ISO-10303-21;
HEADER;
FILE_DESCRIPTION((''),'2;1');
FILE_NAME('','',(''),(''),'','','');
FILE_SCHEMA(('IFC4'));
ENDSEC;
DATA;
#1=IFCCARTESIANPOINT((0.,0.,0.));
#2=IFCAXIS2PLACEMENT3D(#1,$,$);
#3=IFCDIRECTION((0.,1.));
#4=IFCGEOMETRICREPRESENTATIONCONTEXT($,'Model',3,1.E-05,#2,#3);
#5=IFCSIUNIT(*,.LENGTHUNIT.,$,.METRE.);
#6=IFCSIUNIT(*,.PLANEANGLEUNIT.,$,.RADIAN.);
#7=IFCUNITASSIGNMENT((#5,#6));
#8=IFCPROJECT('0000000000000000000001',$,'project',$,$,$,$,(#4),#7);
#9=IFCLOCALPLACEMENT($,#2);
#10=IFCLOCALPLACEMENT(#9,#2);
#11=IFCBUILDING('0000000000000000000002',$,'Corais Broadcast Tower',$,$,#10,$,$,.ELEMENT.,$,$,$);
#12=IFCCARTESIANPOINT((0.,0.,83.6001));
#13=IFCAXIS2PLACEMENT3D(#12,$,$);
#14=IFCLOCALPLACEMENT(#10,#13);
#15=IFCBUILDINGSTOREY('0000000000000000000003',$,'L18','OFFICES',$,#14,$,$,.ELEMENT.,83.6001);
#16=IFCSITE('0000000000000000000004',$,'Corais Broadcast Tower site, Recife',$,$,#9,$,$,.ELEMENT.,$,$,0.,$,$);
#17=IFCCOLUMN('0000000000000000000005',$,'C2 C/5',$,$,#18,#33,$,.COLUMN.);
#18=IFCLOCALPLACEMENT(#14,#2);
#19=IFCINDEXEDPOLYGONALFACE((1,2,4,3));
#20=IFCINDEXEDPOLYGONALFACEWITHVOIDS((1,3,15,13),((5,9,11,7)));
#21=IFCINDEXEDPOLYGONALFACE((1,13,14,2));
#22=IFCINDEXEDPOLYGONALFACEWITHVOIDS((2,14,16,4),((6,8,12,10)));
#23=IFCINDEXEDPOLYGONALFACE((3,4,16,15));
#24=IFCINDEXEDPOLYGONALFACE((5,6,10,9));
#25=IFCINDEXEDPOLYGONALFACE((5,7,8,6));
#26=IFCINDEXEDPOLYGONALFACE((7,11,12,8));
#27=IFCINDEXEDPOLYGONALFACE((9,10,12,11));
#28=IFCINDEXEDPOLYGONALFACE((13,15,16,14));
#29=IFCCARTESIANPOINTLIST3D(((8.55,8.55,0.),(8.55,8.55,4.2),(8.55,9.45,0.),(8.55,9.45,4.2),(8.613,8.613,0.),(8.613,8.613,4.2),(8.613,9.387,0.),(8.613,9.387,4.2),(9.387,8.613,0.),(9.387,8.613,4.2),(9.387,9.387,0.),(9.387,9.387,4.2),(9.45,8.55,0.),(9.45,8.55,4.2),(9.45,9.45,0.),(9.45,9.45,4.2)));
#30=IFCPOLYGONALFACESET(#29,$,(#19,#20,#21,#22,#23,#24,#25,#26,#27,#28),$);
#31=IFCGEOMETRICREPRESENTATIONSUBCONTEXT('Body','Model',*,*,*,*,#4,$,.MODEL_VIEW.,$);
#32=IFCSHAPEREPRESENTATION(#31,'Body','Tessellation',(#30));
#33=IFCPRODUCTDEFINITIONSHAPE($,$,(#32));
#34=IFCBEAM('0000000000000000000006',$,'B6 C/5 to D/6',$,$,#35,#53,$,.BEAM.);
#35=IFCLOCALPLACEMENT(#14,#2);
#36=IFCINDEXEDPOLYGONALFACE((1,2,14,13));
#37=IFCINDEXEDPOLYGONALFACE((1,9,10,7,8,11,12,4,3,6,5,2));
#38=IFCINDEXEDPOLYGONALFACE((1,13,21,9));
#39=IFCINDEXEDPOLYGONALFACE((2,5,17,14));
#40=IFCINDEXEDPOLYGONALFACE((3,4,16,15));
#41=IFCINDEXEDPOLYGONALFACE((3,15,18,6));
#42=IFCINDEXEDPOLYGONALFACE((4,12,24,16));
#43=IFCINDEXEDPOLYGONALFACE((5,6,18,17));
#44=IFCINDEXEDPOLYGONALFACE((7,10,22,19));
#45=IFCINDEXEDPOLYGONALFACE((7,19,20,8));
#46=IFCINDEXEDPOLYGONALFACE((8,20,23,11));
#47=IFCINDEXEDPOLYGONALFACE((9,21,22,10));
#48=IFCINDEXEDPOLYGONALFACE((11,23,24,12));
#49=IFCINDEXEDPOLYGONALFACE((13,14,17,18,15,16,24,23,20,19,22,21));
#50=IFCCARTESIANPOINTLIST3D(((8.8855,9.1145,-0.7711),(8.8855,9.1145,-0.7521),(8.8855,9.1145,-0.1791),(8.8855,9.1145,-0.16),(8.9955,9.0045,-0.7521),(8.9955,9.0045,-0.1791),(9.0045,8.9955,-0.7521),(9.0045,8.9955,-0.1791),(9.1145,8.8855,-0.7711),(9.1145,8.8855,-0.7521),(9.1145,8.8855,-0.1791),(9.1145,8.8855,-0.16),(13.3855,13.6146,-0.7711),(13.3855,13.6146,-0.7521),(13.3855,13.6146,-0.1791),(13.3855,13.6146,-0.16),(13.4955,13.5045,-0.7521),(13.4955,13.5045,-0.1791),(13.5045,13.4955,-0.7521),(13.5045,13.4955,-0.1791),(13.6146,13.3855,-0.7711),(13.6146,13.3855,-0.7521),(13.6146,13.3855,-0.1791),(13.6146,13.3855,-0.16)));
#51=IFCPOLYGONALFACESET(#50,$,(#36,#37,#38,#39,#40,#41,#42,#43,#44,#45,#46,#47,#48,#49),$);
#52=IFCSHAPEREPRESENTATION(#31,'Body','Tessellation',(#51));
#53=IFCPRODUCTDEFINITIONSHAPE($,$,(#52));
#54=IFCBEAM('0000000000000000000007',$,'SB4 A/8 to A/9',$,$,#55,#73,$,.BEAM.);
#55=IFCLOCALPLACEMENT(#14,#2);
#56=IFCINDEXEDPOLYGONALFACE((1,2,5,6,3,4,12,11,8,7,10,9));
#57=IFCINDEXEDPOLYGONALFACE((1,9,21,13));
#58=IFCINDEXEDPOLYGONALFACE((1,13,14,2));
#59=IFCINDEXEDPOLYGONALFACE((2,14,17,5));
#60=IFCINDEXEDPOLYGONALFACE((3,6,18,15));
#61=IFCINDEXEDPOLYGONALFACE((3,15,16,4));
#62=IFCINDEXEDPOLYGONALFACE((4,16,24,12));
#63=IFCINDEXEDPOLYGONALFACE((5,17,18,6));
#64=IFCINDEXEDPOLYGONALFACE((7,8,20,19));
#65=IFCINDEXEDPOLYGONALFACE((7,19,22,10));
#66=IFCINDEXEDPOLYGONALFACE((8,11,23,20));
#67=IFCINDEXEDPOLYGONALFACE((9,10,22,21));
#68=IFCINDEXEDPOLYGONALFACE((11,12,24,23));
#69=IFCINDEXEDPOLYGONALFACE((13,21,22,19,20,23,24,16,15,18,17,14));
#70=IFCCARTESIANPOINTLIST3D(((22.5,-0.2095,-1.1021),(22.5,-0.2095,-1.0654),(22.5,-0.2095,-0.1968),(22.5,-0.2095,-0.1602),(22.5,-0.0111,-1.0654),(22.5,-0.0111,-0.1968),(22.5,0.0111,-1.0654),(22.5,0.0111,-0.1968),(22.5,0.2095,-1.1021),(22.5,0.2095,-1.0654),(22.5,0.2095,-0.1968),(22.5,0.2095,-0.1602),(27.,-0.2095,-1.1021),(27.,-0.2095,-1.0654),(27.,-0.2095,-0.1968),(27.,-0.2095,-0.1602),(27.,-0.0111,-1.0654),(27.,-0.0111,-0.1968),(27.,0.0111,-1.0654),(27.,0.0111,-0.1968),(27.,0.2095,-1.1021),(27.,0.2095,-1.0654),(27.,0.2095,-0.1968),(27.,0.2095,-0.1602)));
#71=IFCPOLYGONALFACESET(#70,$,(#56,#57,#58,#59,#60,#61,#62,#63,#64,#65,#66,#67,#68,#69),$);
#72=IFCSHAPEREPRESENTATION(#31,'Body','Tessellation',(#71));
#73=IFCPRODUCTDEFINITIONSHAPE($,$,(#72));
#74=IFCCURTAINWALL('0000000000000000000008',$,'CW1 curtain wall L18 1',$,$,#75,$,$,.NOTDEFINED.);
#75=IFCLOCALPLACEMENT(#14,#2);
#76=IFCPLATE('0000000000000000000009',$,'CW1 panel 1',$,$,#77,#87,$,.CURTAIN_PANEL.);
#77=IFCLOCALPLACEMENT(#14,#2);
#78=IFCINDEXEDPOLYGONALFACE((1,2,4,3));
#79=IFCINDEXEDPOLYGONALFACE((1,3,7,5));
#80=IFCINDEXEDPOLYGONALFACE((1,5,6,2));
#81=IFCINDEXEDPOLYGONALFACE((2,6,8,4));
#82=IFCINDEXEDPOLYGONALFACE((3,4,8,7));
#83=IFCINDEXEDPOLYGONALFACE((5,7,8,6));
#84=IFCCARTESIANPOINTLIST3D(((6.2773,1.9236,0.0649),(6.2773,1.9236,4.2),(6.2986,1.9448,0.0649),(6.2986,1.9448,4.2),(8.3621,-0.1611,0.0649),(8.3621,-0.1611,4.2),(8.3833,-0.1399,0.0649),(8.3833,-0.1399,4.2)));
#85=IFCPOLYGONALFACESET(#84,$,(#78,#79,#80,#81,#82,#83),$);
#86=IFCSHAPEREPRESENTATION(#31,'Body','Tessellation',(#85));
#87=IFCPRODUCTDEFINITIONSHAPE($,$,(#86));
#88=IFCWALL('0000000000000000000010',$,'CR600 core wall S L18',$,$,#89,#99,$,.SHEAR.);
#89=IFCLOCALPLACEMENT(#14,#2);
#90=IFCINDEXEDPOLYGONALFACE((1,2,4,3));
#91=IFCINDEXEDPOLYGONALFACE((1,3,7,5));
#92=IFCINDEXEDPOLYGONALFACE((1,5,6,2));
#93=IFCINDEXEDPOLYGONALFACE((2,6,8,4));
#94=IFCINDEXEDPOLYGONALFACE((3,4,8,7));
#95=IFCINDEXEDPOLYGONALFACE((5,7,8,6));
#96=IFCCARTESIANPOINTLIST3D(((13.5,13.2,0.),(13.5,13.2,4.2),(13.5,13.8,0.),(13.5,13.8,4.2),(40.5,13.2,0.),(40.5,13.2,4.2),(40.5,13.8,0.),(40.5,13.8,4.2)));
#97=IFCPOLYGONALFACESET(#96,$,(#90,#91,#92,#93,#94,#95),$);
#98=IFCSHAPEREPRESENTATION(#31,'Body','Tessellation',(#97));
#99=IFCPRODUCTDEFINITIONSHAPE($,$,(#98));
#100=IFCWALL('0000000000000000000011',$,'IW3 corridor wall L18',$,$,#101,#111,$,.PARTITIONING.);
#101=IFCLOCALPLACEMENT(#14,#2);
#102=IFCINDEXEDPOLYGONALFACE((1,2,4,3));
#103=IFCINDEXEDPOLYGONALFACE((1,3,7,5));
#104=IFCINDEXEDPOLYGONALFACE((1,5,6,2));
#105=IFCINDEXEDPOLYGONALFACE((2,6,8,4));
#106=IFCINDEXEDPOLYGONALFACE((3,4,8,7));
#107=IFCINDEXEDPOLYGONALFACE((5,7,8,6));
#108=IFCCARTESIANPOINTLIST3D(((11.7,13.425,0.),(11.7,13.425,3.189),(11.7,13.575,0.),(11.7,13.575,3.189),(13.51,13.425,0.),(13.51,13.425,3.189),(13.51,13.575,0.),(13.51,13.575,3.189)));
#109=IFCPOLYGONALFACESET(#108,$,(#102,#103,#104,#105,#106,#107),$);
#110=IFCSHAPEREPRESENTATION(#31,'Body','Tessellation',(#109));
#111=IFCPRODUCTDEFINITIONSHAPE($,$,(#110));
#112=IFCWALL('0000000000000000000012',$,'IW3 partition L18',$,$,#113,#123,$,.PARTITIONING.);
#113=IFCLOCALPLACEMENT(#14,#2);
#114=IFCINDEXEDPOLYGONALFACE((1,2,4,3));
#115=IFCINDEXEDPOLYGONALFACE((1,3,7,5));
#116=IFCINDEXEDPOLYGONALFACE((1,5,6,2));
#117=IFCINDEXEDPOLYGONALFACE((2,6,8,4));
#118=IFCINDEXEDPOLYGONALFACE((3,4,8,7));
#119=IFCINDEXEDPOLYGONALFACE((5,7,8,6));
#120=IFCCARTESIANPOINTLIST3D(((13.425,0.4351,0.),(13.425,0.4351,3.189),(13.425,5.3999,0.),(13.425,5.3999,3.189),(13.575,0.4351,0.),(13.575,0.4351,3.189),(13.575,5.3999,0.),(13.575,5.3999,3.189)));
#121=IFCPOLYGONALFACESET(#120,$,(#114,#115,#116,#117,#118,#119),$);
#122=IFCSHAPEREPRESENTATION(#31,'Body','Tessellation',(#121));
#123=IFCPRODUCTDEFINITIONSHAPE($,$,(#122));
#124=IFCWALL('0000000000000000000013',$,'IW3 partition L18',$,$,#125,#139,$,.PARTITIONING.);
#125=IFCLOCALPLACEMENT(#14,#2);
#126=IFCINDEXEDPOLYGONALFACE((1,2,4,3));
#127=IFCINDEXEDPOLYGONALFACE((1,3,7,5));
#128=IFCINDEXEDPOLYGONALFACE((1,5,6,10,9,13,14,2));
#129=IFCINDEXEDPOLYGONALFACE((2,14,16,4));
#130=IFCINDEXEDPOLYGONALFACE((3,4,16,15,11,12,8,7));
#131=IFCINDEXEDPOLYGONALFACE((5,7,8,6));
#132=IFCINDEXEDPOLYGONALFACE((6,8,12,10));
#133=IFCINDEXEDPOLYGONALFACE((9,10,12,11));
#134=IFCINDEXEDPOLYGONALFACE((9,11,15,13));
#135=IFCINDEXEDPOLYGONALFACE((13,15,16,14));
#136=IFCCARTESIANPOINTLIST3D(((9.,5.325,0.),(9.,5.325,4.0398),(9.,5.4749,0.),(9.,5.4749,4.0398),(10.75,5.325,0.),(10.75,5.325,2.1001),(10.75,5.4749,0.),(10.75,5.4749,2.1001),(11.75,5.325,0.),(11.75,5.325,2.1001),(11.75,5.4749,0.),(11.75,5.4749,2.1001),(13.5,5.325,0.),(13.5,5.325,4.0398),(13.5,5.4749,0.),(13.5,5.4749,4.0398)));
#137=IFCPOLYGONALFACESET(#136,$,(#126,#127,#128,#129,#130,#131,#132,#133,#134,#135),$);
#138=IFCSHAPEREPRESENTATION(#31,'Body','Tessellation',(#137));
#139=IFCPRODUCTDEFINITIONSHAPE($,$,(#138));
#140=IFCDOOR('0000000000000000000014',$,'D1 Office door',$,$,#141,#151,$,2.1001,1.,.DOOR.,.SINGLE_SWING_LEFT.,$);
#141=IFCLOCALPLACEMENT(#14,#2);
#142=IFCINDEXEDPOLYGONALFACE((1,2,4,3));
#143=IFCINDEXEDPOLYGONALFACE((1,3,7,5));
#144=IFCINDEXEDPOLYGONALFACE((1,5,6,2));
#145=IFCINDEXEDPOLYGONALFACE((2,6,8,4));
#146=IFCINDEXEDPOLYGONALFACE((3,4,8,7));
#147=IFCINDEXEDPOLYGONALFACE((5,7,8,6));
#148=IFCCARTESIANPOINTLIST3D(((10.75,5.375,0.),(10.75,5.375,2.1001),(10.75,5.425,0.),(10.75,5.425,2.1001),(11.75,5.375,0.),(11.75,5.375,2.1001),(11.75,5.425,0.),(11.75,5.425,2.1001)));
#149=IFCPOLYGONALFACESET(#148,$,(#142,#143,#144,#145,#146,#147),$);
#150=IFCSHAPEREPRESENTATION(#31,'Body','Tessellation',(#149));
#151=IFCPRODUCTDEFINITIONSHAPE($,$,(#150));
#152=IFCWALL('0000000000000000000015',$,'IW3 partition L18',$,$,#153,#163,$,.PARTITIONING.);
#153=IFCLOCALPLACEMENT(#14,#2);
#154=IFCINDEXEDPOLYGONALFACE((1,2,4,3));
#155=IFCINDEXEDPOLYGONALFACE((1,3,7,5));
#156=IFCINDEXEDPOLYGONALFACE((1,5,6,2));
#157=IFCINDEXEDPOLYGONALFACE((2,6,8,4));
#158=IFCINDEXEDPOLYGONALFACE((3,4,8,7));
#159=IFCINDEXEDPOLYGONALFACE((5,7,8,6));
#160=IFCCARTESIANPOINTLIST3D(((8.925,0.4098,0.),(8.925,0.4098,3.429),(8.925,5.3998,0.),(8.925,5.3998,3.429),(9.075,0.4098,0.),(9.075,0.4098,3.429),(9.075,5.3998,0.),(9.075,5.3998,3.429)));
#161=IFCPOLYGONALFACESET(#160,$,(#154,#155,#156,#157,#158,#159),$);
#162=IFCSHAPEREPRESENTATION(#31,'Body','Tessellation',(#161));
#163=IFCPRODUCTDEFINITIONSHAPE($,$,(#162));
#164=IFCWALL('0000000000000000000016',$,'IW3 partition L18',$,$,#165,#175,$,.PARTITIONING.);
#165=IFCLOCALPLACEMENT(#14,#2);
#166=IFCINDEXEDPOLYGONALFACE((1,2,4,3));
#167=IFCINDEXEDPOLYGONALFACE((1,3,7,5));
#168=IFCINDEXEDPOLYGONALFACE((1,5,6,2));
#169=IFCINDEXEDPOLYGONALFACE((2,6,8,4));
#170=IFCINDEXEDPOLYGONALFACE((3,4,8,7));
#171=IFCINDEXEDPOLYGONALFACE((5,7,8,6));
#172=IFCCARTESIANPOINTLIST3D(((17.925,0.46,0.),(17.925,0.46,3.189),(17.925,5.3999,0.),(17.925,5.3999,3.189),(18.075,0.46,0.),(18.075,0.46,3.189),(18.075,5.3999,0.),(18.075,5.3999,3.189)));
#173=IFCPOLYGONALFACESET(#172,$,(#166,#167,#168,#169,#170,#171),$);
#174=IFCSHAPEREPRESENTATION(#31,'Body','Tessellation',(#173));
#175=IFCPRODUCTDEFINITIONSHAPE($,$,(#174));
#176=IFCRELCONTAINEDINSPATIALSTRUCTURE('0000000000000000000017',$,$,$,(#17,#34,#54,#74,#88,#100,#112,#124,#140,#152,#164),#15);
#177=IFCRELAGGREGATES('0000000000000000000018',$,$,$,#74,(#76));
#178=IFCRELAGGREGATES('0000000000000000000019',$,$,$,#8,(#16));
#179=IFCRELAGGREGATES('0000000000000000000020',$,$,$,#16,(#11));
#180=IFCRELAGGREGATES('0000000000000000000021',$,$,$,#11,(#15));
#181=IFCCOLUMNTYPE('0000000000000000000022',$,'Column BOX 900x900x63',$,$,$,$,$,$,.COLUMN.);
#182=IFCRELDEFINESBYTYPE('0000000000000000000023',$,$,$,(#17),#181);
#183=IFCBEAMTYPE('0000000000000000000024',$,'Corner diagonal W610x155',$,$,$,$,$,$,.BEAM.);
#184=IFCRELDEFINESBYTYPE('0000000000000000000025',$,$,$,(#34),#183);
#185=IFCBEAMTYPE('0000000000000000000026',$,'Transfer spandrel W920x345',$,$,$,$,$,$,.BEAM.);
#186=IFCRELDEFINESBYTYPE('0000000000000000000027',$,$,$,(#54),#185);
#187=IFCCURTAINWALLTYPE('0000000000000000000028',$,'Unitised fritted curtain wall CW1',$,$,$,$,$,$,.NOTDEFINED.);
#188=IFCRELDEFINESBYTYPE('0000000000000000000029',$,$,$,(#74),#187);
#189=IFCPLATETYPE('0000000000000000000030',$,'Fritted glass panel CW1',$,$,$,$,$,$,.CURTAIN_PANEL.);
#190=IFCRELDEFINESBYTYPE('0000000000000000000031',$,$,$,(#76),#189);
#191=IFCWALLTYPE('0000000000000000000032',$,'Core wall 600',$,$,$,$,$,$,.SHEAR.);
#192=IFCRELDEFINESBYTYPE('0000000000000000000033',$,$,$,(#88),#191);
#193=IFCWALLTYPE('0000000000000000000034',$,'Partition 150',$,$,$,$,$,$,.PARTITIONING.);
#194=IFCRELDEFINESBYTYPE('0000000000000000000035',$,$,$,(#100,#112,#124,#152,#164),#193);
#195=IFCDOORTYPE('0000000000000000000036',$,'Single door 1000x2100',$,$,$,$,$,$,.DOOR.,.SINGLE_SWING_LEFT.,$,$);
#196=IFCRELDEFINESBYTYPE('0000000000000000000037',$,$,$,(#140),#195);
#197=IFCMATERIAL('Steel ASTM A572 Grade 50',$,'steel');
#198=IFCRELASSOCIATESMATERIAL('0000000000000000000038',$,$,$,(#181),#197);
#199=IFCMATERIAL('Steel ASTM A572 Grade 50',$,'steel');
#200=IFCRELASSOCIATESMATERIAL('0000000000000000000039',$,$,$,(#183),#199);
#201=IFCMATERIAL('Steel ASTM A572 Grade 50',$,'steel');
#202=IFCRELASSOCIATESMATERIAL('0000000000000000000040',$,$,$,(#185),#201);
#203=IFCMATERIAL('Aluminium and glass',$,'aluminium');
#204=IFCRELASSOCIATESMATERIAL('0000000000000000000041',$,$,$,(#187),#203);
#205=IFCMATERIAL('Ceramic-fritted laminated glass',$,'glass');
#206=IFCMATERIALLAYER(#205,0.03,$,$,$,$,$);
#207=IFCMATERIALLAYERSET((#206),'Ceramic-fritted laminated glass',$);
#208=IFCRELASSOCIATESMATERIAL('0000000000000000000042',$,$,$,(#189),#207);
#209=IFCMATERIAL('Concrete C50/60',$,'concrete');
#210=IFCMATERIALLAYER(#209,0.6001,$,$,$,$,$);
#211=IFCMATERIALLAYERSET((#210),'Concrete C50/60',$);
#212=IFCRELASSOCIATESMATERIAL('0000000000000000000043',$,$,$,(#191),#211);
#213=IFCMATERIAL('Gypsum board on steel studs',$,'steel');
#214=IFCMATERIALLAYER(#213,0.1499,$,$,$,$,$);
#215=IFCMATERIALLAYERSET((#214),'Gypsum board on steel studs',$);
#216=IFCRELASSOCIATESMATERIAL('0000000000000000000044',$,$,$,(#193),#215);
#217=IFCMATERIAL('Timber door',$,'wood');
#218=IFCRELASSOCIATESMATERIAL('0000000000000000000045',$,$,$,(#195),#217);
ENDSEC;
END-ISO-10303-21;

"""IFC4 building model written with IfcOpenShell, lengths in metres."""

from ifc_helpers import new_model, si_unit, direction, frame, frame_2d, origin, origin_2d, place, context, subcontext, project, spatial, rectangle, hollow_rectangle, i_section, extrude, material, layer, layer_set, material_profile, profile_set, type_object, element, fill, aggregate, save


model = new_model("IFC4")

# Units and contexts
model_context = context("Model", 3, precision=1e-05, world=origin(), true_north=direction((0.0, 1.0)))
body_context = subcontext(model_context, "Body", "Model", "MODEL_VIEW")
ifc_project = project(units=[si_unit("LENGTHUNIT", "METRE"), si_unit("PLANEANGLEUNIT", "RADIAN")], contexts=[model_context])

# Site, building, storey
site_placement = place(None, origin())
site = spatial("IfcSite", under=ifc_project, at=site_placement, Name="Corais Broadcast Tower site, Recife", CompositionType="ELEMENT", RefElevation=0.0)
building_placement = place(site_placement, origin())
building = spatial("IfcBuilding", under=site, at=building_placement, Name="Corais Broadcast Tower", CompositionType="ELEMENT")
storey_placement = place(building_placement, frame((0.0, 0.0, 83.6001)))
storey = spatial("IfcBuildingStorey", under=building, at=storey_placement, Name="L18", Description="OFFICES", CompositionType="ELEMENT", Elevation=83.6001)

# Column
ifc_material_1 = material(Name="Steel ASTM A572 Grade 50", Category="steel")
ifc_material_profile_1 = material_profile(ifc_material_1, hollow_rectangle(XDim=0.8999, YDim=0.8999, WallThickness=0.063, at=origin_2d()), Name="BOX 900x900x63")
ifc_profile_set_1 = profile_set([ifc_material_profile_1], Name="Steel ASTM A572 Grade 50")
column_type = type_object("IfcColumnType", Name="Column BOX 900x900x63", PredefinedType="COLUMN", material=ifc_profile_set_1)
column_placement = place(storey_placement, frame((9.0, 9.0, 0.0), z_axis=(0.0, 0.0, 1.0), x_axis=(1.0, 0.0, 0.0)))
element("IfcColumn", 1, at=column_placement, inside=storey, type_object=column_type, Name="C2 C/5", PredefinedType="COLUMN", context=body_context, shape_type="SweptSolid", body=[
    extrude(hollow_rectangle(XDim=0.8999, YDim=0.8999, WallThickness=0.063, at=origin_2d()), origin(), (0.0, 0.0, 1.0), 4.2),
])

# Beams
ifc_material_2 = material(Name="Steel ASTM A572 Grade 50", Category="steel")
ifc_material_profile_2 = material_profile(ifc_material_2, i_section(OverallWidth=0.324, OverallDepth=0.6111, WebThickness=0.0127, FlangeThickness=0.019, at=origin_2d()), Name="W610x155")
ifc_profile_set_2 = profile_set([ifc_material_profile_2], Name="Steel ASTM A572 Grade 50")
beam_type_1 = type_object("IfcBeamType", Name="Corner diagonal W610x155", PredefinedType="BEAM", material=ifc_profile_set_2)
beam_1_placement = place(storey_placement, frame((9.0, 9.0, -0.4656), z_axis=(0.707107, 0.707107, 0.0), x_axis=(-0.707107, 0.707107, 0.0)))
element("IfcBeam", 2, at=beam_1_placement, inside=storey, type_object=beam_type_1, Name="B6 C/5 to D/6", PredefinedType="BEAM", context=body_context, shape_type="SweptSolid", body=[
    extrude(i_section(OverallWidth=0.324, OverallDepth=0.6111, WebThickness=0.0127, FlangeThickness=0.019, at=origin_2d()), origin(), (0.0, 0.0, 1.0), 6.364),
])
ifc_material_3 = material(Name="Steel ASTM A572 Grade 50", Category="steel")
ifc_material_profile_3 = material_profile(ifc_material_3, i_section(OverallWidth=0.4189, OverallDepth=0.9419, WebThickness=0.0222, FlangeThickness=0.0366, at=origin_2d()), Name="W920x345")
ifc_profile_set_3 = profile_set([ifc_material_profile_3], Name="Steel ASTM A572 Grade 50")
beam_type_2 = type_object("IfcBeamType", Name="Transfer spandrel W920x345", PredefinedType="BEAM", material=ifc_profile_set_3)
beam_2_placement = place(storey_placement, frame((22.5, 0.0, -0.6311), z_axis=(1.0, 0.0, 0.0), x_axis=(0.0, 1.0, 0.0)))
element("IfcBeam", 3, at=beam_2_placement, inside=storey, type_object=beam_type_2, Name="SB4 A/8 to A/9", PredefinedType="BEAM", context=body_context, shape_type="SweptSolid", body=[
    extrude(i_section(OverallWidth=0.4189, OverallDepth=0.9419, WebThickness=0.0222, FlangeThickness=0.0366, at=origin_2d()), origin(), (0.0, 0.0, 1.0), 4.5),
])

# Curtain wall, plate
ifc_material_4 = material(Name="Aluminium and glass", Category="aluminium")
curtain_wall_type = type_object("IfcCurtainWallType", Name="Unitised fritted curtain wall CW1", PredefinedType="NOTDEFINED", material=ifc_material_4)
curtain_wall_placement = place(storey_placement, origin())
curtain_wall = element("IfcCurtainWall", 4, at=curtain_wall_placement, inside=storey, type_object=curtain_wall_type, Name="CW1 curtain wall L18 1", PredefinedType="NOTDEFINED")
ifc_material_5 = material(Name="Ceramic-fritted laminated glass", Category="glass")
ifc_layer_1 = layer(ifc_material_5, 0.03)
ifc_layer_set_1 = layer_set([ifc_layer_1], Name="Ceramic-fritted laminated glass")
plate_type = type_object("IfcPlateType", Name="Fritted glass panel CW1", PredefinedType="CURTAIN_PANEL", material=ifc_layer_set_1)
plate_placement = place(storey_placement, frame((7.3303, 0.8918, 0.0649), z_axis=(0.0, 0.0, 1.0), x_axis=(-0.707107, 0.707107, 0.0)))
plate = element("IfcPlate", 5, at=plate_placement, type_object=plate_type, Name="CW1 panel 1", PredefinedType="CURTAIN_PANEL", context=body_context, shape_type="SweptSolid", body=[
    extrude(rectangle(XDim=2.9482, YDim=0.03, at=origin_2d()), origin(), (0.0, 0.0, 1.0), 4.135),
])
aggregate(curtain_wall, [plate])

# Walls
ifc_material_6 = material(Name="Concrete C50/60", Category="concrete")
ifc_layer_2 = layer(ifc_material_6, 0.6001)
ifc_layer_set_2 = layer_set([ifc_layer_2], Name="Concrete C50/60")
wall_type_1 = type_object("IfcWallType", Name="Core wall 600", PredefinedType="SHEAR", material=ifc_layer_set_2)
wall_1_placement = place(storey_placement, frame((13.5, 13.5, 0.0), z_axis=(0.0, 0.0, 1.0), x_axis=(1.0, 0.0, 0.0)))
element("IfcWall", 6, at=wall_1_placement, inside=storey, type_object=wall_type_1, Name="CR600 core wall S L18", PredefinedType="SHEAR", context=body_context, shape_type="SweptSolid", body=[
    extrude(rectangle(XDim=27.0, YDim=0.6001, at=frame_2d((13.5, 0.0))), origin(), (0.0, 0.0, 1.0), 4.2),
])
ifc_material_7 = material(Name="Gypsum board on steel studs", Category="steel")
ifc_layer_3 = layer(ifc_material_7, 0.1499)
ifc_layer_set_3 = layer_set([ifc_layer_3], Name="Gypsum board on steel studs")
wall_type_2 = type_object("IfcWallType", Name="Partition 150", PredefinedType="PARTITIONING", material=ifc_layer_set_3)
wall_2_placement = place(storey_placement, frame((11.7, 13.5, 0.0), z_axis=(0.0, 0.0, 1.0), x_axis=(1.0, 0.0, 0.0)))
element("IfcWall", 7, at=wall_2_placement, inside=storey, type_object=wall_type_2, Name="IW3 corridor wall L18", PredefinedType="PARTITIONING", context=body_context, shape_type="SweptSolid", body=[
    extrude(rectangle(XDim=1.8101, YDim=0.1499, at=frame_2d((0.905, 0.0))), origin(), (0.0, 0.0, 1.0), 3.189),
])
wall_3_placement = place(storey_placement, frame((13.5, 0.4351, 0.0), z_axis=(0.0, 0.0, 1.0), x_axis=(0.0, 1.0, 0.0)))
element("IfcWall", 8, at=wall_3_placement, inside=storey, type_object=wall_type_2, Name="IW3 partition L18", PredefinedType="PARTITIONING", context=body_context, shape_type="SweptSolid", body=[
    extrude(rectangle(XDim=4.9648, YDim=0.1499, at=frame_2d((2.4824, 0.0))), origin(), (0.0, 0.0, 1.0), 3.189),
])

# Wall, opening, door
wall_4_placement = place(storey_placement, frame((13.5, 5.3999, 0.0), z_axis=(0.0, 0.0, 1.0), x_axis=(-1.0, 0.0, 0.0)))
wall_4 = element("IfcWall", 9, at=wall_4_placement, inside=storey, type_object=wall_type_2, Name="IW3 partition L18", PredefinedType="PARTITIONING", context=body_context, shape_type="SweptSolid", body=[
    extrude(rectangle(XDim=4.5, YDim=0.1499, at=frame_2d((2.25, 0.0))), origin(), (0.0, 0.0, 1.0), 4.0398),
])
opening_1_placement = place(wall_4_placement, frame((1.75, 0.0, 0.0)))
opening_1 = element("IfcOpeningElement", 10, at=opening_1_placement, cuts=wall_4, PredefinedType="OPENING", context=body_context, shape_type="SweptSolid", body=[
    extrude(rectangle(XDim=1.0, YDim=2.1001, at=frame_2d((0.5, 1.05))), frame((0.0, 0.085, 0.0), z_axis=(0.0, -1.0, 0.0), x_axis=(1.0, 0.0, 0.0)), (0.0, 0.0, 1.0), 0.1699),
])
ifc_material_8 = material(Name="Timber door", Category="wood")
door_type = type_object("IfcDoorType", Name="Single door 1000x2100", OperationType="SINGLE_SWING_LEFT", PredefinedType="DOOR", material=ifc_material_8)
door_1_placement = place(opening_1_placement, origin())
door_1 = element("IfcDoor", 11, at=door_1_placement, inside=storey, type_object=door_type, Name="D1 Office door", OperationType="SINGLE_SWING_LEFT", OverallHeight=2.1001, OverallWidth=1.0, PredefinedType="DOOR", context=body_context, shape_type="SweptSolid", body=[
    extrude(rectangle(XDim=1.0, YDim=2.1001, at=frame_2d((0.5, 1.05))), frame((0.0, 0.0249, 0.0), z_axis=(0.0, -1.0, 0.0), x_axis=(1.0, 0.0, 0.0)), (0.0, 0.0, 1.0), 0.05),
])
fill(opening_1, door_1)

# Walls
wall_5_placement = place(storey_placement, frame((9.0, 5.3999, 0.0), z_axis=(0.0, 0.0, 1.0), x_axis=(0.0, -1.0, 0.0)))
element("IfcWall", 12, at=wall_5_placement, inside=storey, type_object=wall_type_2, Name="IW3 partition L18", PredefinedType="PARTITIONING", context=body_context, shape_type="SweptSolid", body=[
    extrude(rectangle(XDim=4.99, YDim=0.1499, at=frame_2d((2.4951, 0.0))), origin(), (0.0, 0.0, 1.0), 3.429),
])
wall_6_placement = place(storey_placement, frame((18.0, 0.46, 0.0), z_axis=(0.0, 0.0, 1.0), x_axis=(0.0, 1.0, 0.0)))
element("IfcWall", 13, at=wall_6_placement, inside=storey, type_object=wall_type_2, Name="IW3 partition L18", PredefinedType="PARTITIONING", context=body_context, shape_type="SweptSolid", body=[
    extrude(rectangle(XDim=4.9399, YDim=0.1499, at=frame_2d((2.47, 0.0))), origin(), (0.0, 0.0, 1.0), 3.189),
])

save(model, "model.ifc")
